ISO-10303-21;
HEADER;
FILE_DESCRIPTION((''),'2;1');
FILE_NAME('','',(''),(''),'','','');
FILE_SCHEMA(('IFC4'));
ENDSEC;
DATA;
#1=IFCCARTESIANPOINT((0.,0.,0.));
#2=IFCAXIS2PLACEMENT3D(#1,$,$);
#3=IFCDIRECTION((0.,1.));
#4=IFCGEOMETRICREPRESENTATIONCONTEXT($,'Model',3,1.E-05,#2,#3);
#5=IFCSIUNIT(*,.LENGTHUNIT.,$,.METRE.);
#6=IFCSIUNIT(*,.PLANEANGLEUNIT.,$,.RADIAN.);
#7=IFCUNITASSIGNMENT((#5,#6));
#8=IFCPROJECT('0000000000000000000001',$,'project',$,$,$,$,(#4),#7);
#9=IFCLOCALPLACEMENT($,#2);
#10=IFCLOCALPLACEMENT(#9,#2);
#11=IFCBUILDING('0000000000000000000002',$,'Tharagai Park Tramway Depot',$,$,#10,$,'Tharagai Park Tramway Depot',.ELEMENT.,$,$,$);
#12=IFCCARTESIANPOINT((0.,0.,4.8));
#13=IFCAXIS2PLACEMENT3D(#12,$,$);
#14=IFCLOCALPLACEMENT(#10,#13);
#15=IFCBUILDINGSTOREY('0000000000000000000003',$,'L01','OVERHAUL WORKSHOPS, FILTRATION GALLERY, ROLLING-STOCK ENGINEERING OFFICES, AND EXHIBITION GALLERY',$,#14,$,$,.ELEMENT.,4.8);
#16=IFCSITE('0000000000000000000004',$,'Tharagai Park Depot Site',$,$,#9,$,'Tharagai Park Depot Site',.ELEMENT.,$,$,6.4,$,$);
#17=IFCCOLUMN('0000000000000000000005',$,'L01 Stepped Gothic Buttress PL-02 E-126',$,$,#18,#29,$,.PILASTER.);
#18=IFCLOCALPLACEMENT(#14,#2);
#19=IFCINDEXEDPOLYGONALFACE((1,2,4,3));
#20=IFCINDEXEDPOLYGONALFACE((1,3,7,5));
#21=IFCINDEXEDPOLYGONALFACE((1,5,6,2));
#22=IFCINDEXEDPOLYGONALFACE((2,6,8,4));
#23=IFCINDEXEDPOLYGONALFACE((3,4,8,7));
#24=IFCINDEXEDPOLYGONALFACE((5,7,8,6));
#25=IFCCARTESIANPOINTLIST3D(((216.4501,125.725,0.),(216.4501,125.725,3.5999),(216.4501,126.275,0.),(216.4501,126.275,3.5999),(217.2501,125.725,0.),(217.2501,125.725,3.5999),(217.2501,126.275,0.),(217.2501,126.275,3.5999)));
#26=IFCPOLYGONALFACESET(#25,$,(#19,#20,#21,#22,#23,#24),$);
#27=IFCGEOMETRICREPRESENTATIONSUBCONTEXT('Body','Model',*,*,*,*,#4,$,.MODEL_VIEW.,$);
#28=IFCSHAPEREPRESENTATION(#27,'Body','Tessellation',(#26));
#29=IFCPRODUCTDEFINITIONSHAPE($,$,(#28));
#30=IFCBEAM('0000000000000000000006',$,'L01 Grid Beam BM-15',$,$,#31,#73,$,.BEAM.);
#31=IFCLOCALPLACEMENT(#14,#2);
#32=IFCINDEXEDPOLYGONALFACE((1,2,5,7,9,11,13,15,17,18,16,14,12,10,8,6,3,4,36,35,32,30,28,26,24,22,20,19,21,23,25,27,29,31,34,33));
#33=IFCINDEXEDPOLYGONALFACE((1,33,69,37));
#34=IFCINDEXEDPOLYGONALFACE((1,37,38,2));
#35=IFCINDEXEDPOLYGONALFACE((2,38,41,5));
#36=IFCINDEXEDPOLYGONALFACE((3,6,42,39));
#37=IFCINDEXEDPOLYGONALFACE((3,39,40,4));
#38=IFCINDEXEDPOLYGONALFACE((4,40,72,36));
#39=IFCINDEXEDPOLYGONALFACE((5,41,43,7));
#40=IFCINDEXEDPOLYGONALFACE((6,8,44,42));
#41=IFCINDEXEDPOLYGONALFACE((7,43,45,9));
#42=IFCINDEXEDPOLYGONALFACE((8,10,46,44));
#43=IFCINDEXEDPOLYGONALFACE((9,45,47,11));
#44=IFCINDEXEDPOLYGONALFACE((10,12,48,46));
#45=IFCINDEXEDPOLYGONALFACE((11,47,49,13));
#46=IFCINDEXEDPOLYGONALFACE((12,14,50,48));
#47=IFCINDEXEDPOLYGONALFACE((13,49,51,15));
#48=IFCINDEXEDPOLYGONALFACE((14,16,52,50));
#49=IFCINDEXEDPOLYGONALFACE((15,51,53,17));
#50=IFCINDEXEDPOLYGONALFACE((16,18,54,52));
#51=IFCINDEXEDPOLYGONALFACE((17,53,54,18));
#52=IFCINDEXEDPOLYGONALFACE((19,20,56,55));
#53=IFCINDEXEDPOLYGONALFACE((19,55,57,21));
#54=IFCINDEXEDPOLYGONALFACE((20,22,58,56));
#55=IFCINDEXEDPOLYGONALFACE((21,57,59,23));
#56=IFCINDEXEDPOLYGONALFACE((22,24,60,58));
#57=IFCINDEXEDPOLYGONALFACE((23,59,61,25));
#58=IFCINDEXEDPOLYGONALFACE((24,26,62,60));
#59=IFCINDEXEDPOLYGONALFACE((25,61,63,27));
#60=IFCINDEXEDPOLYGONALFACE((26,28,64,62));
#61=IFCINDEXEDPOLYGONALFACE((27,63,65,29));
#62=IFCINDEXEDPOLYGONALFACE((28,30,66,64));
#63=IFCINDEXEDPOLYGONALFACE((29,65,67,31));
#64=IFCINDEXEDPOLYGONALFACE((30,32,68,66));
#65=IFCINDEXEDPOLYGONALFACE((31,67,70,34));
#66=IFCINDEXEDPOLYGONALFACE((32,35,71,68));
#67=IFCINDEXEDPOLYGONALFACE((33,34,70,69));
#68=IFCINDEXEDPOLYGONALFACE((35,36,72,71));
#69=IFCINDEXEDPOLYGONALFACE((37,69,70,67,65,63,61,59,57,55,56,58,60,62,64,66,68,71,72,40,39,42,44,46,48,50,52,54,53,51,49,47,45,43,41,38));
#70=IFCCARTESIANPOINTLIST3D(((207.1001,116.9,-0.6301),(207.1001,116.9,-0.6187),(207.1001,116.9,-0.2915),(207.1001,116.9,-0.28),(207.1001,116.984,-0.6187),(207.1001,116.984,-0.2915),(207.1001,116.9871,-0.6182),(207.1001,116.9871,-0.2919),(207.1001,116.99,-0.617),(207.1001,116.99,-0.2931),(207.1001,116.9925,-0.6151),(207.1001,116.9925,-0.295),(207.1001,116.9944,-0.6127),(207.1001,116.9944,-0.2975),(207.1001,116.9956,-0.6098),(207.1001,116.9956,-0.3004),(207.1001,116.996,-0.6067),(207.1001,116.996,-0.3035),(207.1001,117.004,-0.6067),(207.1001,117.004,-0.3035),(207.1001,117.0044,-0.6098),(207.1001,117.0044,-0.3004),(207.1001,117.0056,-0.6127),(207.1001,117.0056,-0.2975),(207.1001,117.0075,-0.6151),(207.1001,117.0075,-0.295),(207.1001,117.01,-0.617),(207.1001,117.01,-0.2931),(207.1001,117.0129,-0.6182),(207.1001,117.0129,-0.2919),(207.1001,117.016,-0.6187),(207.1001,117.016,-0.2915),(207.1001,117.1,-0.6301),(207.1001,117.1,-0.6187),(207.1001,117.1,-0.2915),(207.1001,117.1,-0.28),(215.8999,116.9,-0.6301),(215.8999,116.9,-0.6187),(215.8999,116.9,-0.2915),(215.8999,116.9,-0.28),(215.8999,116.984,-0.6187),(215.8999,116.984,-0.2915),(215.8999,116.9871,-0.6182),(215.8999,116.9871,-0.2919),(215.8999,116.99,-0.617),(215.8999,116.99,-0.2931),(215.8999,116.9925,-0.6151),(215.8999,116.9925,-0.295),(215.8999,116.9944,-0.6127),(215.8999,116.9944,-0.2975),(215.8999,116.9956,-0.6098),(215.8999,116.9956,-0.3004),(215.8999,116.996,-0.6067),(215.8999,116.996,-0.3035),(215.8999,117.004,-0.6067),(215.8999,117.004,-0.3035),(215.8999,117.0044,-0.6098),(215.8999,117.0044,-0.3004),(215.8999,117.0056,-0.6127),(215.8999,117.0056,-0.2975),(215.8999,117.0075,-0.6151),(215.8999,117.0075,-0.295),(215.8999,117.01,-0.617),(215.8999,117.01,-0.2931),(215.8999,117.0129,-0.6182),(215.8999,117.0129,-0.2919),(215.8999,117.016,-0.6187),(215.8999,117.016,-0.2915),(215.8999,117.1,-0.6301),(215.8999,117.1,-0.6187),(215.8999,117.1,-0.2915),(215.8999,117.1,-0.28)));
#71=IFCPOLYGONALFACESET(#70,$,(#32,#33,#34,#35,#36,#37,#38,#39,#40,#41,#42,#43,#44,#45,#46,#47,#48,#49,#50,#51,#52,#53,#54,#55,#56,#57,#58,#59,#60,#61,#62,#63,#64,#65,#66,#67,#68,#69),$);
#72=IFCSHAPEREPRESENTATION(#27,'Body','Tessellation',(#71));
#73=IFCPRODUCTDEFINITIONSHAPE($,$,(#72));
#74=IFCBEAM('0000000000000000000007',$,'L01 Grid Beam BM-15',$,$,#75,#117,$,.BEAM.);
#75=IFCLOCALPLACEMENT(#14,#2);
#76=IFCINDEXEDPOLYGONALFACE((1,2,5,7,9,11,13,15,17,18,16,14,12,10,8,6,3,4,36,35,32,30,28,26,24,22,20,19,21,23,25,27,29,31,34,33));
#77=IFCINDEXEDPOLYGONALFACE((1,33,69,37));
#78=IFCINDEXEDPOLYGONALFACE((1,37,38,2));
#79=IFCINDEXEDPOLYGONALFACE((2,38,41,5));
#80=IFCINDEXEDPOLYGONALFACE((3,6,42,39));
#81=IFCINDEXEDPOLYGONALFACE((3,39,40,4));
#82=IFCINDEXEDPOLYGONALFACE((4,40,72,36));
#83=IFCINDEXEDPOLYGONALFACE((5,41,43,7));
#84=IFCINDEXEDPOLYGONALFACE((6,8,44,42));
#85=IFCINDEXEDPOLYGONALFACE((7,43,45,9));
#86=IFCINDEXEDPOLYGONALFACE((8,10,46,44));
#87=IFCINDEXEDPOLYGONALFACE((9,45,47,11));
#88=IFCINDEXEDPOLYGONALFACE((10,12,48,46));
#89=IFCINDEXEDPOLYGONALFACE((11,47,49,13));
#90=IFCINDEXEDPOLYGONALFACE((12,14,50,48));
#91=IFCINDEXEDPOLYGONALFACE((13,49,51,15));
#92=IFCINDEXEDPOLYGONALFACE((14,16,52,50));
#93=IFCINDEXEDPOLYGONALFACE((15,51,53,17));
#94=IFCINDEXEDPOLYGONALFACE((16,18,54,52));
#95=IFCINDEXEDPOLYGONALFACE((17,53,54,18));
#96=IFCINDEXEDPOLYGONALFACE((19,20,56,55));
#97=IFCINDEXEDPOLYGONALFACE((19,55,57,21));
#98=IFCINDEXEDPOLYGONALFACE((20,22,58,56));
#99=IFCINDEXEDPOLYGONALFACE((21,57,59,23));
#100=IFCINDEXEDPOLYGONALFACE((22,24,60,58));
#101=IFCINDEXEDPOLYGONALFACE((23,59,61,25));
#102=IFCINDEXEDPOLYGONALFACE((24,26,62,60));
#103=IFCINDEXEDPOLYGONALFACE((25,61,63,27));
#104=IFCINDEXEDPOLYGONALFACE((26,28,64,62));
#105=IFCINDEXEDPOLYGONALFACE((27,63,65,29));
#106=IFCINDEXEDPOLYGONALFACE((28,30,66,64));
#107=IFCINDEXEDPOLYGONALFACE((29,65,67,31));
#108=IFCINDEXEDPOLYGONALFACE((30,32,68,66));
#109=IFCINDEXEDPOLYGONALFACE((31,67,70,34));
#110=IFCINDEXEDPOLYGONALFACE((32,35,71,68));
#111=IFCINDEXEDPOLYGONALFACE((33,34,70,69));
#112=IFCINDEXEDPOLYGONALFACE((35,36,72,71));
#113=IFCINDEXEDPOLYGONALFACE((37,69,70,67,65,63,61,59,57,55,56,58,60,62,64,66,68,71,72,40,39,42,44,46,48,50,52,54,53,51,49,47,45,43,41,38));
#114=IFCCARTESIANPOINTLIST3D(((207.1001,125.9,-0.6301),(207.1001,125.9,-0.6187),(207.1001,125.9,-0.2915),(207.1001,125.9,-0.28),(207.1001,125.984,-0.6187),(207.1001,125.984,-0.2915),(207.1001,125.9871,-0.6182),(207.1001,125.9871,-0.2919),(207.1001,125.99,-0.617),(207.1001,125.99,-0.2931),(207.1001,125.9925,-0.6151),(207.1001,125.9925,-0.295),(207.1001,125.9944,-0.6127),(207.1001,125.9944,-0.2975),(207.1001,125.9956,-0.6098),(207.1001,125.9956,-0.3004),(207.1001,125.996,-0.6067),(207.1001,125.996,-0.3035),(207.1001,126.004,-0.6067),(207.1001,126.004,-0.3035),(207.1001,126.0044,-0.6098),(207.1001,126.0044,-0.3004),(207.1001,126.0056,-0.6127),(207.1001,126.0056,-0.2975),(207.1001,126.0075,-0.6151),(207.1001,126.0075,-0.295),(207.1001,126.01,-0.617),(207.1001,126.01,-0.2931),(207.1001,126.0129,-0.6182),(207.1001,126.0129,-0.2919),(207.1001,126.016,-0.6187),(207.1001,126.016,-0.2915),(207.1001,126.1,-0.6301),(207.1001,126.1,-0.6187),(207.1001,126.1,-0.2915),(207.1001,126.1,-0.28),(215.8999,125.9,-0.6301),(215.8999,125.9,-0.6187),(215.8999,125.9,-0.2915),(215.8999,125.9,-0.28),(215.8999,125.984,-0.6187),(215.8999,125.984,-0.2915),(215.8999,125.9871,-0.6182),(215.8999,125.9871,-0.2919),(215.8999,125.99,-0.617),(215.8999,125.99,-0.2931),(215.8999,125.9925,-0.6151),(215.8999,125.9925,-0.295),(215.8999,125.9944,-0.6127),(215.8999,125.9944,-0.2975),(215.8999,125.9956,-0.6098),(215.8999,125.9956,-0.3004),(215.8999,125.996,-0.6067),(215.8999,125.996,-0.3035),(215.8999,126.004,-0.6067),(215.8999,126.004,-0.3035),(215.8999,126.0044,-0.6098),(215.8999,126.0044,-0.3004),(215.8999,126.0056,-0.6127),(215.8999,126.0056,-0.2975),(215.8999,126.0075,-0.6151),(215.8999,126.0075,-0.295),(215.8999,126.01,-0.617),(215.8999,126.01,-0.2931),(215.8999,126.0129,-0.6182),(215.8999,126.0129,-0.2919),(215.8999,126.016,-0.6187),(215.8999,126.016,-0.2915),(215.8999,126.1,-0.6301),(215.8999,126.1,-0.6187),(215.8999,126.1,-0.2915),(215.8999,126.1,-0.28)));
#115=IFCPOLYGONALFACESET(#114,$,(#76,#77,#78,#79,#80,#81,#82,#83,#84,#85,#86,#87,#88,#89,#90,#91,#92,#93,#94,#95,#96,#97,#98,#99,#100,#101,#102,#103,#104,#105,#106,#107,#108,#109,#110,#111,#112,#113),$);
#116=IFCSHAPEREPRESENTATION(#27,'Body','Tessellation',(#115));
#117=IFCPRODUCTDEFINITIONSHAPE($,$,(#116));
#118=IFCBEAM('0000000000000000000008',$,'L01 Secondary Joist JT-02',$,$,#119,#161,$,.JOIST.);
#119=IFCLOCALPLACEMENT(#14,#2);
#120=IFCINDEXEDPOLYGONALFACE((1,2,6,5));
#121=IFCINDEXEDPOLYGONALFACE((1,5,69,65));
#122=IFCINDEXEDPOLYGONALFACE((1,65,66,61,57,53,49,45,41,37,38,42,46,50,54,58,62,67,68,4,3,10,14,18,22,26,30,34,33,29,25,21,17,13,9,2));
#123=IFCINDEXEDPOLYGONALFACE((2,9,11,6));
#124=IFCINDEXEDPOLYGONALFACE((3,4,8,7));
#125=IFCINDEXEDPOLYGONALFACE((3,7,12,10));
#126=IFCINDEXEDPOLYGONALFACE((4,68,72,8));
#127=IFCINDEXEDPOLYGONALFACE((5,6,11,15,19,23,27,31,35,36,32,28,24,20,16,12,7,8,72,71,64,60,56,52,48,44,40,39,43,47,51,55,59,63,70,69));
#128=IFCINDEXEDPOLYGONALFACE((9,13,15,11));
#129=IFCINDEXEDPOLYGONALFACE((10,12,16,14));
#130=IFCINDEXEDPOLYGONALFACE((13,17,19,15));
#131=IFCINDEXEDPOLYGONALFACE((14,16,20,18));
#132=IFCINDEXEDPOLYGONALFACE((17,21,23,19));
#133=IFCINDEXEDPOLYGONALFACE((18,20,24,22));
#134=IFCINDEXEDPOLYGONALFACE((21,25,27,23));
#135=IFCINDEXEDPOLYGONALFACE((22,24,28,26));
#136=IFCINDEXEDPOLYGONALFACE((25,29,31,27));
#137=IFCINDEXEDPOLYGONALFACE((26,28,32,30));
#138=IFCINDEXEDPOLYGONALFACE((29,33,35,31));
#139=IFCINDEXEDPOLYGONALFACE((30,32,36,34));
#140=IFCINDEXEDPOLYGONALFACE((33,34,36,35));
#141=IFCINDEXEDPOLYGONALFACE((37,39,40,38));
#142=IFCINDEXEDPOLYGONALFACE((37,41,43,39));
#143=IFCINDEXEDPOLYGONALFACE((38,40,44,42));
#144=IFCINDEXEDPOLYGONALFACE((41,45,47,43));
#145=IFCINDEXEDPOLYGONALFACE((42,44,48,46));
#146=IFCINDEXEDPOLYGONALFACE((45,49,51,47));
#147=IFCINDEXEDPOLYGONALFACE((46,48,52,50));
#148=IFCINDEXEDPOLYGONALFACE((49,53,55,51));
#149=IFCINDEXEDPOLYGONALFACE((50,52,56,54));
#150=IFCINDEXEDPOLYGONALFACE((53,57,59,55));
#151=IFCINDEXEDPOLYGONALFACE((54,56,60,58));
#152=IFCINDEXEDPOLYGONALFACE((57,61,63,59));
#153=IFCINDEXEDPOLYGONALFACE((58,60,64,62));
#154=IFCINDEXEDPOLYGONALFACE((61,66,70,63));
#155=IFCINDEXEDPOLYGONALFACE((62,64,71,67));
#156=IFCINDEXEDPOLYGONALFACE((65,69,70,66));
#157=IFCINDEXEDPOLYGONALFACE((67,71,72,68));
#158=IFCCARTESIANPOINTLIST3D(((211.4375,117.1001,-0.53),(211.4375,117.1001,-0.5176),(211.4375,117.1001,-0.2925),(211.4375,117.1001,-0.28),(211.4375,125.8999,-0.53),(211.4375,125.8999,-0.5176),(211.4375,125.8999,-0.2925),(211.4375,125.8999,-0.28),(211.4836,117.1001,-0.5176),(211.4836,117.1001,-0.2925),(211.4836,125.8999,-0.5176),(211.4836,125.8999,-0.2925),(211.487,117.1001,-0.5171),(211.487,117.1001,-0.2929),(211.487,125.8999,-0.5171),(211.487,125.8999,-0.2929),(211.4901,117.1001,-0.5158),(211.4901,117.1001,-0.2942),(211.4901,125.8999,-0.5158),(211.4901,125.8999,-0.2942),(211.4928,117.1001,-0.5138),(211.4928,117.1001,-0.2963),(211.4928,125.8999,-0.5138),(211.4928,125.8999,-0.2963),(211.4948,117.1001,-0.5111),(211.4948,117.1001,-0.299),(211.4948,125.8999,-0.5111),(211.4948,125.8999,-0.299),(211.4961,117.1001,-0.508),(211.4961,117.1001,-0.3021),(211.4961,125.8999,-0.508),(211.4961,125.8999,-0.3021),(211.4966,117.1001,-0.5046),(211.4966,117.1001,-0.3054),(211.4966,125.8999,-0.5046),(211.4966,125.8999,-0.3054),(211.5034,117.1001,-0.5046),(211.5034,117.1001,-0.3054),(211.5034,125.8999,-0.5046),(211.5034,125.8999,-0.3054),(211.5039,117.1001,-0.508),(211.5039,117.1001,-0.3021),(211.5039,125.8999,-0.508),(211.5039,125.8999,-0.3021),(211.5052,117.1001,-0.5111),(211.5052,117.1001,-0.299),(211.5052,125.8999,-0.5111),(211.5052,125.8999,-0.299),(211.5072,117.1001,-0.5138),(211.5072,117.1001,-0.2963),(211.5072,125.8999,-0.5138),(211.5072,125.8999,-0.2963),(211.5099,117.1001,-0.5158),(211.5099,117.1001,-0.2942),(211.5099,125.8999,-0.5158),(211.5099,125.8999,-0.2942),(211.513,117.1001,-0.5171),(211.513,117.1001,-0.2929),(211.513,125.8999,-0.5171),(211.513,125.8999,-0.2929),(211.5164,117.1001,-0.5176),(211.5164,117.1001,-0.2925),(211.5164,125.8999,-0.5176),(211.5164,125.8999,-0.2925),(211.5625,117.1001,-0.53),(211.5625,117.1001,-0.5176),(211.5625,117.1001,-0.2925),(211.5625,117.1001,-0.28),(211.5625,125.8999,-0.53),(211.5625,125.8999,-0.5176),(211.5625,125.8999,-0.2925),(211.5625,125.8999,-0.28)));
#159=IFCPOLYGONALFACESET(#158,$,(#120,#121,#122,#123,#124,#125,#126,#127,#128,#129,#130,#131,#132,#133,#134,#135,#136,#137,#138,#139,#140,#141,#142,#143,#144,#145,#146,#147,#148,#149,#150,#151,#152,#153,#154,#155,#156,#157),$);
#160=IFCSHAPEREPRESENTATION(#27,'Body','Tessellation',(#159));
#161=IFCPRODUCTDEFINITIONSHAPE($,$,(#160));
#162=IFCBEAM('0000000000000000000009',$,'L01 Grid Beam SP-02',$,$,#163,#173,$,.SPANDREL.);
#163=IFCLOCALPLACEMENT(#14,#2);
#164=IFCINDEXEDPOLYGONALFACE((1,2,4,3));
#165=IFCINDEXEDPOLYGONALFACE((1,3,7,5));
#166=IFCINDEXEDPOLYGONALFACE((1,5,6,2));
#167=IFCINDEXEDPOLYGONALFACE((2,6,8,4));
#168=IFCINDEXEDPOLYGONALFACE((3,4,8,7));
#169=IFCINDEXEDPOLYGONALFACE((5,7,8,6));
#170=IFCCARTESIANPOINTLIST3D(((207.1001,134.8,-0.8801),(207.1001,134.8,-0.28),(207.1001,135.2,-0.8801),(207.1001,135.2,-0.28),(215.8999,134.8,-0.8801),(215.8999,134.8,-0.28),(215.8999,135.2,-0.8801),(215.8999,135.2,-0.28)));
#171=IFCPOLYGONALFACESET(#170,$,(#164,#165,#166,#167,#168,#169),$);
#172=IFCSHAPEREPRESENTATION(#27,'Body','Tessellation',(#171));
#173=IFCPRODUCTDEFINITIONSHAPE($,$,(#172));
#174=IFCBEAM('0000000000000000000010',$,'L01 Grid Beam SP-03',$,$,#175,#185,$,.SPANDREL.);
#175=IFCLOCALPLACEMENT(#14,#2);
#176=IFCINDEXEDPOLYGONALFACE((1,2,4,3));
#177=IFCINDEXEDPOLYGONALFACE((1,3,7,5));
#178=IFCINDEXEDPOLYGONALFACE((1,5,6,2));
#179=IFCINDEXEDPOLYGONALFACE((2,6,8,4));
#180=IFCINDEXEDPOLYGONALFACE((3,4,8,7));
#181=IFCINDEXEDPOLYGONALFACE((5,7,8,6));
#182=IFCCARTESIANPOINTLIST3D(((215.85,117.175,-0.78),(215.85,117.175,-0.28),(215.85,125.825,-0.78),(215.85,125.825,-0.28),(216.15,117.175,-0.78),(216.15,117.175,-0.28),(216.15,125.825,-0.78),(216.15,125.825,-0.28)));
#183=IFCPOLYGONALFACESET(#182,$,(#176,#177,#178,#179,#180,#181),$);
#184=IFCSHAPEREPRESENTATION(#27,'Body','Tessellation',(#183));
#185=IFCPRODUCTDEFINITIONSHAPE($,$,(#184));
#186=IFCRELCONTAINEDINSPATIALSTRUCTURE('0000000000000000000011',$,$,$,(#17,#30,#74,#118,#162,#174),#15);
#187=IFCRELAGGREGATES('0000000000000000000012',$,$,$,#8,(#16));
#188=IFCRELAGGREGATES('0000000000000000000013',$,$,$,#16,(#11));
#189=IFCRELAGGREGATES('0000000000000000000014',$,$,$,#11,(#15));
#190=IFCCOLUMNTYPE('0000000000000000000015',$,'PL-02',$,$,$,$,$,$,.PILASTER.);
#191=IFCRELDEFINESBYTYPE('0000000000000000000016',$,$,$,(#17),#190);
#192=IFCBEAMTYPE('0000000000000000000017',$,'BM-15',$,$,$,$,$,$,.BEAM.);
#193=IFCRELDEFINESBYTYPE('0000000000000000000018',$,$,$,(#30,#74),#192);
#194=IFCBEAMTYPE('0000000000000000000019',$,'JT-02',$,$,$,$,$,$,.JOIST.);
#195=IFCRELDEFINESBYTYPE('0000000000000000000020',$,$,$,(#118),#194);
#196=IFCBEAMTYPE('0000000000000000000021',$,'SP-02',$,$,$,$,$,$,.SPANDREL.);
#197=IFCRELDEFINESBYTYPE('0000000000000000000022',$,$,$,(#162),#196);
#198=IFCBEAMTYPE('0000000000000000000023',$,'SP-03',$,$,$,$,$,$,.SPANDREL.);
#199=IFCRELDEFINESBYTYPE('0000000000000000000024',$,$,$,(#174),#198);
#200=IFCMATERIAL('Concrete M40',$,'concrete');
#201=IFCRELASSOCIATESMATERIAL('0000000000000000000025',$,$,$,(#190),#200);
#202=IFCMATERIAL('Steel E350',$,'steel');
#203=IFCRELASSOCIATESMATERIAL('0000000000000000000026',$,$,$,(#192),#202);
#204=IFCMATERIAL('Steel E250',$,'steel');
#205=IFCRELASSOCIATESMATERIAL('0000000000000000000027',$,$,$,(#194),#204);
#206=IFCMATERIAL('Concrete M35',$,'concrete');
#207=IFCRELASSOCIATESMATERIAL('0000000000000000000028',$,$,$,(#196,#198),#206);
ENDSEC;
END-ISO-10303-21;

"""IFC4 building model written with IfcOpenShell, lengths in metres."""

from ifc_helpers import new_model, si_unit, direction, frame, origin, origin_2d, place, context, subcontext, project, spatial, rectangle, i_section, extrude, material, material_profile, profile_set, type_object, element, save


model = new_model("IFC4")

# Units and contexts
model_context = context("Model", 3, precision=1e-05, world=origin(), true_north=direction((0.0, 1.0)))
body_context = subcontext(model_context, "Body", "Model", "MODEL_VIEW")
ifc_project = project(units=[si_unit("LENGTHUNIT", "METRE"), si_unit("PLANEANGLEUNIT", "RADIAN")], contexts=[model_context])

# Site, building, storey
site_placement = place(None, origin())
site = spatial("IfcSite", under=ifc_project, at=site_placement, Name="Tharagai Park Depot Site", LongName="Tharagai Park Depot Site", CompositionType="ELEMENT", RefElevation=6.4)
building_placement = place(site_placement, origin())
building = spatial("IfcBuilding", under=site, at=building_placement, Name="Tharagai Park Tramway Depot", LongName="Tharagai Park Tramway Depot", CompositionType="ELEMENT")
storey_placement = place(building_placement, frame((0.0, 0.0, 4.8)))
storey = spatial("IfcBuildingStorey", under=building, at=storey_placement, Name="L01", Description="OVERHAUL WORKSHOPS, FILTRATION GALLERY, ROLLING-STOCK ENGINEERING OFFICES, AND EXHIBITION GALLERY", CompositionType="ELEMENT", Elevation=4.8)

# Column
ifc_material_1 = material(Name="Steel E350", Category="steel")
ifc_material_2 = material(Name="Concrete M40", Category="concrete")
ifc_material_profile_1 = material_profile(ifc_material_2, rectangle(XDim=0.55, YDim=0.8, at=origin_2d()), Name="RC 550x800")
ifc_profile_set_1 = profile_set([ifc_material_profile_1], Name="Concrete M40")
column_type_1 = type_object("IfcColumnType", Name="PL-02", PredefinedType="PILASTER", material=ifc_profile_set_1)
for number, where, z_axis, x_axis, name in (
    (1, (216.8501, 126.0, 0.0), (0.0, 0.0, 1.0), (0.0, 1.0, 0.0), "L01 Stepped Gothic Buttress PL-02 E-126"),
):
    element("IfcColumn", number, at=place(storey_placement, frame(where, z_axis=z_axis, x_axis=x_axis)), inside=storey, type_object=column_type_1, Name=name, PredefinedType="PILASTER", context=body_context, shape_type="SweptSolid", body=[
        extrude(rectangle(XDim=0.55, YDim=0.8, at=origin_2d()), origin(), (0.0, 0.0, 1.0), 3.5999),
    ])

# Beams
ifc_material_profile_2 = material_profile(ifc_material_1, i_section(OverallWidth=0.2, OverallDepth=0.3501, WebThickness=0.0081, FlangeThickness=0.0115, FilletRadius=0.012, at=origin_2d()), Name="ISWB 350")
ifc_profile_set_2 = profile_set([ifc_material_profile_2], Name="Steel E350")
beam_type_1 = type_object("IfcBeamType", Name="BM-15", PredefinedType="BEAM", material=ifc_profile_set_2)
for number, where, z_axis, x_axis, name in (
    (2, (207.1001, 117.0, -0.4551), (1.0, 0.0, 0.0), (0.0, 1.0, 0.0), "L01 Grid Beam BM-15"),
    (3, (207.1001, 126.0, -0.4551), (1.0, 0.0, 0.0), (0.0, 1.0, 0.0), "L01 Grid Beam BM-15"),
):
    element("IfcBeam", number, at=place(storey_placement, frame(where, z_axis=z_axis, x_axis=x_axis)), inside=storey, type_object=beam_type_1, Name=name, PredefinedType="BEAM", context=body_context, shape_type="SweptSolid", body=[
        extrude(i_section(OverallWidth=0.2, OverallDepth=0.3501, WebThickness=0.0081, FlangeThickness=0.0115, FilletRadius=0.012, at=origin_2d()), origin(), (0.0, 0.0, 1.0), 8.7998),
    ])
ifc_material_3 = material(Name="Steel E250", Category="steel")
ifc_material_profile_3 = material_profile(ifc_material_3, i_section(OverallWidth=0.125, OverallDepth=0.25, WebThickness=0.0068, FlangeThickness=0.0125, FilletRadius=0.0129, at=origin_2d()), Name="ISMB 250")
ifc_profile_set_3 = profile_set([ifc_material_profile_3], Name="Steel E250")
beam_type_2 = type_object("IfcBeamType", Name="JT-02", PredefinedType="JOIST", material=ifc_profile_set_3)
beam_1_placement = place(storey_placement, frame((211.5, 117.1001, -0.405), z_axis=(0.0, 1.0, 0.0), x_axis=(-1.0, 0.0, 0.0)))
element("IfcBeam", 4, at=beam_1_placement, inside=storey, type_object=beam_type_2, Name="L01 Secondary Joist JT-02", PredefinedType="JOIST", context=body_context, shape_type="SweptSolid", body=[
    extrude(i_section(OverallWidth=0.125, OverallDepth=0.25, WebThickness=0.0068, FlangeThickness=0.0125, FilletRadius=0.0129, at=origin_2d()), origin(), (0.0, 0.0, 1.0), 8.7998),
])
ifc_material_4 = material(Name="Concrete M35", Category="concrete")
ifc_material_profile_4 = material_profile(ifc_material_4, rectangle(XDim=0.3999, YDim=0.6001, at=origin_2d()), Name="RC 400x600")
ifc_profile_set_4 = profile_set([ifc_material_profile_4], Name="Concrete M35")
beam_type_3 = type_object("IfcBeamType", Name="SP-02", PredefinedType="SPANDREL", material=ifc_profile_set_4)
beam_2_placement = place(storey_placement, frame((207.1001, 135.0, -0.5801), z_axis=(1.0, 0.0, 0.0), x_axis=(0.0, 1.0, 0.0)))
element("IfcBeam", 5, at=beam_2_placement, inside=storey, type_object=beam_type_3, Name="L01 Grid Beam SP-02", PredefinedType="SPANDREL", context=body_context, shape_type="SweptSolid", body=[
    extrude(rectangle(XDim=0.3999, YDim=0.6001, at=origin_2d()), origin(), (0.0, 0.0, 1.0), 8.7998),
])
ifc_material_profile_5 = material_profile(ifc_material_4, rectangle(XDim=0.3, YDim=0.5, at=origin_2d()), Name="RC 300x500")
ifc_profile_set_5 = profile_set([ifc_material_profile_5], Name="Concrete M35")
beam_type_4 = type_object("IfcBeamType", Name="SP-03", PredefinedType="SPANDREL", material=ifc_profile_set_5)
for number, where, z_axis, x_axis, name in (
    (6, (216.0, 117.175, -0.53), (0.0, 1.0, 0.0), (-1.0, 0.0, 0.0), "L01 Grid Beam SP-03"),
):
    element("IfcBeam", number, at=place(storey_placement, frame(where, z_axis=z_axis, x_axis=x_axis)), inside=storey, type_object=beam_type_4, Name=name, PredefinedType="SPANDREL", context=body_context, shape_type="SweptSolid", body=[
        extrude(rectangle(XDim=0.3, YDim=0.5, at=origin_2d()), origin(), (0.0, 0.0, 1.0), 8.6499),
    ])

save(model, "model.ifc")
